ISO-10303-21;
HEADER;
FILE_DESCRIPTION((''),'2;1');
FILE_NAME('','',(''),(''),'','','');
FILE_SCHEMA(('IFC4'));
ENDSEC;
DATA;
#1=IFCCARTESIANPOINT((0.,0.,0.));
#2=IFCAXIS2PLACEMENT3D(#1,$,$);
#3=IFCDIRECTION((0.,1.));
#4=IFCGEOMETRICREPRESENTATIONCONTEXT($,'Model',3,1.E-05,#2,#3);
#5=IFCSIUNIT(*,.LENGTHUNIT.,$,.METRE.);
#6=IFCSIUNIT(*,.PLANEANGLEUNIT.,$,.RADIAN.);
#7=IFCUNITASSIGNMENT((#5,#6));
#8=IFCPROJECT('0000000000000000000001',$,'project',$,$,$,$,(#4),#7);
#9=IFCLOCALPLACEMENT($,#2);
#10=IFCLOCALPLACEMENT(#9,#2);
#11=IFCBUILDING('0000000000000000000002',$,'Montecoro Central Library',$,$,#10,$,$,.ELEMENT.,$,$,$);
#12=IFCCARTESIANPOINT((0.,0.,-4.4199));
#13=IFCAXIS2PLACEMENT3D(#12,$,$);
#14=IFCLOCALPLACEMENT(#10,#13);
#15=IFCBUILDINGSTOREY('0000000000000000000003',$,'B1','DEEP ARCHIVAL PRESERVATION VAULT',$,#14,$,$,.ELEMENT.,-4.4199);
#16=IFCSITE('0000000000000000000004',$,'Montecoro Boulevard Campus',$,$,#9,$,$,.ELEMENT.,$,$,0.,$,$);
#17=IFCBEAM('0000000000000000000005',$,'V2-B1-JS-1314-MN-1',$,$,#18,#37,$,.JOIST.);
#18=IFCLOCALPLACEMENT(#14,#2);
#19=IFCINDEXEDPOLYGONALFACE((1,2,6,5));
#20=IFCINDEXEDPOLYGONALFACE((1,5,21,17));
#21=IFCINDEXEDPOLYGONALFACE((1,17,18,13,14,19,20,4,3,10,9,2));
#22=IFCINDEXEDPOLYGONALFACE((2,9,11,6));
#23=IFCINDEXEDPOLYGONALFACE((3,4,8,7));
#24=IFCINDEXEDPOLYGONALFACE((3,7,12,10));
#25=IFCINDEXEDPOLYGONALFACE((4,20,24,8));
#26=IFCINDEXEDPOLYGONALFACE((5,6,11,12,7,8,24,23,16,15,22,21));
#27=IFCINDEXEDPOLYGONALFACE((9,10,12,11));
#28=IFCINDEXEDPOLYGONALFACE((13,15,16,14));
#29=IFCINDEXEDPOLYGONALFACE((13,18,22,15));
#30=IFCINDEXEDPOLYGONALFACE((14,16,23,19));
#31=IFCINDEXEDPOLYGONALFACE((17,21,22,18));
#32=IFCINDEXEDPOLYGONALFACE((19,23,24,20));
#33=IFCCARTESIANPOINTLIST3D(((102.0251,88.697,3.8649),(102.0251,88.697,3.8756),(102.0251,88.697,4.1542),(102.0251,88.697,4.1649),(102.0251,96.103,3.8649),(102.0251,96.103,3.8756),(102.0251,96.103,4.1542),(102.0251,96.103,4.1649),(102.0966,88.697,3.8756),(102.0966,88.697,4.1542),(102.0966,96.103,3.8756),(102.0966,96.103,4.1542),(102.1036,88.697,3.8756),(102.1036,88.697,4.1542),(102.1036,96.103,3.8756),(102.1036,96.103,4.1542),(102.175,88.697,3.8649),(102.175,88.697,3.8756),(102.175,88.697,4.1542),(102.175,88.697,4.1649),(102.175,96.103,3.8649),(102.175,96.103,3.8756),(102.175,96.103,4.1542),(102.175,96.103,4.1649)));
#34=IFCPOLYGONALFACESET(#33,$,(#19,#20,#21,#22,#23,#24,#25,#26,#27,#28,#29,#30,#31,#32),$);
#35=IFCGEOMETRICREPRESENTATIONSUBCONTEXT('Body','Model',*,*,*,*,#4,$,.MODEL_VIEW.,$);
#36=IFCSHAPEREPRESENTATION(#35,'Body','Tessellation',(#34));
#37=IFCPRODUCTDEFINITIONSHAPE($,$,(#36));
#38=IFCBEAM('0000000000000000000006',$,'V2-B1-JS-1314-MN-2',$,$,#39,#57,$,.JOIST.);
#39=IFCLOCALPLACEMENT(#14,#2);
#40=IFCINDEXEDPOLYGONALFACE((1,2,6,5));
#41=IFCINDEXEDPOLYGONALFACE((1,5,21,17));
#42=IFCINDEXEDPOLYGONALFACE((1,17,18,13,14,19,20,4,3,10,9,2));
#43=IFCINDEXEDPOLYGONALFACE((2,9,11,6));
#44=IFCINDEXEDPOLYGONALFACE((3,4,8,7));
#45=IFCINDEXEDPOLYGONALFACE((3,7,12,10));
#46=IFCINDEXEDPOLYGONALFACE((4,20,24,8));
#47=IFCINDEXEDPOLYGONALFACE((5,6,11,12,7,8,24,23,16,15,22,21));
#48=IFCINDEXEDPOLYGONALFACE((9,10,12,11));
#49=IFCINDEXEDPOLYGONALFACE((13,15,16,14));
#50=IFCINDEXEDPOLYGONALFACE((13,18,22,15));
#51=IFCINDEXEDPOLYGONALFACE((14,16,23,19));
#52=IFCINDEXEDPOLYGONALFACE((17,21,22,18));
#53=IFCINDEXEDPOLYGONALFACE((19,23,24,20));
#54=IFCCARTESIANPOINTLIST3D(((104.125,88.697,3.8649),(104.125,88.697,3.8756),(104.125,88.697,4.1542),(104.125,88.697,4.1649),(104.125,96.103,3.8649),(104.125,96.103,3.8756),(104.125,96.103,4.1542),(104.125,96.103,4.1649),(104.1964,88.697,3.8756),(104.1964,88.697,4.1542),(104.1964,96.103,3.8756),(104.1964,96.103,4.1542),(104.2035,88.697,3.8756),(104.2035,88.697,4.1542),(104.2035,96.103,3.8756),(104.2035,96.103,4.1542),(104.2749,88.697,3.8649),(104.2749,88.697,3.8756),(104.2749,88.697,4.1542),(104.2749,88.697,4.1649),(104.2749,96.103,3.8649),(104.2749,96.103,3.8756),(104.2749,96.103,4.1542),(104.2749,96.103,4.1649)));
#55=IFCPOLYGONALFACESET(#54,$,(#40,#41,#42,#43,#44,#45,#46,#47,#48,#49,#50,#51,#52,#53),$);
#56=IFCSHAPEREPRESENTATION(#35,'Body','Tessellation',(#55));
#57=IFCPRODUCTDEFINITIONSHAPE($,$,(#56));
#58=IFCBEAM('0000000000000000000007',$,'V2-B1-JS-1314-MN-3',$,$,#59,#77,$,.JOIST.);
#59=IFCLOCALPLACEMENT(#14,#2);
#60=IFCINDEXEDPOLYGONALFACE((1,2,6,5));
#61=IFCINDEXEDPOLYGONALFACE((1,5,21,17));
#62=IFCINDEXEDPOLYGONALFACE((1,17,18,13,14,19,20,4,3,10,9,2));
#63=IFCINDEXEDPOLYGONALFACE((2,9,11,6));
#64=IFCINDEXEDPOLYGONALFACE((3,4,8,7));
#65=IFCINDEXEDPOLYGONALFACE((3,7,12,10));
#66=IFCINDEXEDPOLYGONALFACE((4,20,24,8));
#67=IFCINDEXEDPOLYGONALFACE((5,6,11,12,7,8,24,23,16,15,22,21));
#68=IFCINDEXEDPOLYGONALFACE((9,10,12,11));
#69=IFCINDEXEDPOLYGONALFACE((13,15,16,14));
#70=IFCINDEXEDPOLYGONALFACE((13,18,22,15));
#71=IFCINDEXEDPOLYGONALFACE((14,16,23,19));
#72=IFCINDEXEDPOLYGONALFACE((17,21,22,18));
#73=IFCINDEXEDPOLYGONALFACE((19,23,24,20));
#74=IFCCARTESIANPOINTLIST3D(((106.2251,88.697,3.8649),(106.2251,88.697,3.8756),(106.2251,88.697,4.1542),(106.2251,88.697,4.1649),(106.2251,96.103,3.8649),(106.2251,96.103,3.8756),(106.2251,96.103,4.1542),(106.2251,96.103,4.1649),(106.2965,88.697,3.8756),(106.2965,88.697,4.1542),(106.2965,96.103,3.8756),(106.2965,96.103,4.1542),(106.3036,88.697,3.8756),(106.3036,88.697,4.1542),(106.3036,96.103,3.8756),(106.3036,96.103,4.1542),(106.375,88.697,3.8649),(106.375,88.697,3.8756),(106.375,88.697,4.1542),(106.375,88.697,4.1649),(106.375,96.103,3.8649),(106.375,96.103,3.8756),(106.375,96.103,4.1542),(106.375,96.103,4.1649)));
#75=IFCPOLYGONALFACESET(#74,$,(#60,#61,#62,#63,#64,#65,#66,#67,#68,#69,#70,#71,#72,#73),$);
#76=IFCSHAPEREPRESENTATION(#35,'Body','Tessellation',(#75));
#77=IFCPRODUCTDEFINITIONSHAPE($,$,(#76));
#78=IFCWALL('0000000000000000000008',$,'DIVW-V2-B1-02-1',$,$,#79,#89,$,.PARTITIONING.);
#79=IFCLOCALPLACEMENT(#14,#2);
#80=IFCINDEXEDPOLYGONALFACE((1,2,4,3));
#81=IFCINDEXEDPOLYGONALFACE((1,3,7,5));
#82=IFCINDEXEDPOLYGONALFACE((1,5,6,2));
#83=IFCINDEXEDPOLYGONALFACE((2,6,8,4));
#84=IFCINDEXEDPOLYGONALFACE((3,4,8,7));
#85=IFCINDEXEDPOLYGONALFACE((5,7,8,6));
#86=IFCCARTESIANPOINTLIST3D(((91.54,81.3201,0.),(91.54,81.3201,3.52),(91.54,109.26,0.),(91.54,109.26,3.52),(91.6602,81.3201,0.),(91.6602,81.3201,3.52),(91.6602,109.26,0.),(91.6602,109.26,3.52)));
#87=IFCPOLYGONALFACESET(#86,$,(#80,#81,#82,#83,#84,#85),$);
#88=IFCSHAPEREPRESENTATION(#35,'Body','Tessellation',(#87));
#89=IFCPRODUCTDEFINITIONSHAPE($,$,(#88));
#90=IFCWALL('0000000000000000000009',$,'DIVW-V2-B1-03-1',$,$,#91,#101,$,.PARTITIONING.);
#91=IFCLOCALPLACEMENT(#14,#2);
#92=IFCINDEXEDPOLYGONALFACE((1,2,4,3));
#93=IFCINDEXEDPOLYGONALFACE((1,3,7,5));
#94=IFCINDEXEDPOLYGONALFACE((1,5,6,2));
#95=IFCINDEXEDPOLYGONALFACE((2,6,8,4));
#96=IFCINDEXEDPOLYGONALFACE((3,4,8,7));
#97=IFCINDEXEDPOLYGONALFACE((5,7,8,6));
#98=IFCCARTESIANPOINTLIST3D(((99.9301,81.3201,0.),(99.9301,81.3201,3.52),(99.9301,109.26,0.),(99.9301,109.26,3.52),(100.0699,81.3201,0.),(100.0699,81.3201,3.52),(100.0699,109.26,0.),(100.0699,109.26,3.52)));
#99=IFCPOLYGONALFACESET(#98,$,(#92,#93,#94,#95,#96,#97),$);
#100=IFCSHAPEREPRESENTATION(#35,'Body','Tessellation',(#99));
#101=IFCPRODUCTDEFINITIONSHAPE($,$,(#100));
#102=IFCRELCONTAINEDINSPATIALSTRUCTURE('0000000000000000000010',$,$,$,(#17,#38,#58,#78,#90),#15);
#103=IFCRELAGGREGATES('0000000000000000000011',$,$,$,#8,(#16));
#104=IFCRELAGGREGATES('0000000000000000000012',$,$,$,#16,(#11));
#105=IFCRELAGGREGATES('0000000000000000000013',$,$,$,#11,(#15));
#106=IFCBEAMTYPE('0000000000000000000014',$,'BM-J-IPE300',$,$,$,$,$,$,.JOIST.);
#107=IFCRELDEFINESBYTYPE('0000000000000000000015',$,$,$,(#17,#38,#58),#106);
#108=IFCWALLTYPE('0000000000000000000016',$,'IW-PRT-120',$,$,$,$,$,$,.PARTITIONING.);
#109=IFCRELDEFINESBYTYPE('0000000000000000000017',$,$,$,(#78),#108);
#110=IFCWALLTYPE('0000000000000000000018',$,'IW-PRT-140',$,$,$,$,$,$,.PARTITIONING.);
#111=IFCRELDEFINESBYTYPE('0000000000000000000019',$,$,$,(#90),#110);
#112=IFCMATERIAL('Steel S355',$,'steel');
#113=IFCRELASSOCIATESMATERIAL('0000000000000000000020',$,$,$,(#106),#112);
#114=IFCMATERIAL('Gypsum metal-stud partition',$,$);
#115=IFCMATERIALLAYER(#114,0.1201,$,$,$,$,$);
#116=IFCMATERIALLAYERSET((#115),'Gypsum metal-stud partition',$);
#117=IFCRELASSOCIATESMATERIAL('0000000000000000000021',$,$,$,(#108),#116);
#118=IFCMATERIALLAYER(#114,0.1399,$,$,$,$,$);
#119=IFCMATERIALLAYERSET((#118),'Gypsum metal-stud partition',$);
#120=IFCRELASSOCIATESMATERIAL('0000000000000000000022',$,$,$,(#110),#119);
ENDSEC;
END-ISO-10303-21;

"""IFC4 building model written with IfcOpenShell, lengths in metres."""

from ifc_helpers import new_model, si_unit, direction, frame, frame_2d, origin, origin_2d, place, context, subcontext, project, spatial, rectangle, i_section, extrude, material, layer, layer_set, material_profile, profile_set, type_object, element, save


model = new_model("IFC4")

# Units and contexts
model_context = context("Model", 3, precision=1e-05, world=origin(), true_north=direction((0.0, 1.0)))
body_context = subcontext(model_context, "Body", "Model", "MODEL_VIEW")
ifc_project = project(units=[si_unit("LENGTHUNIT", "METRE"), si_unit("PLANEANGLEUNIT", "RADIAN")], contexts=[model_context])

# Site, building, storey
site_placement = place(None, origin())
site = spatial("IfcSite", under=ifc_project, at=site_placement, Name="Montecoro Boulevard Campus", CompositionType="ELEMENT", RefElevation=0.0)
building_placement = place(site_placement, origin())
building = spatial("IfcBuilding", under=site, at=building_placement, Name="Montecoro Central Library", CompositionType="ELEMENT")
storey_placement = place(building_placement, frame((0.0, 0.0, -4.4199)))
storey = spatial("IfcBuildingStorey", under=building, at=storey_placement, Name="B1", Description="DEEP ARCHIVAL PRESERVATION VAULT", CompositionType="ELEMENT", Elevation=-4.4199)

# Beams
ifc_material_1 = material(Name="Steel S355", Category="steel")
ifc_material_profile_1 = material_profile(ifc_material_1, i_section(OverallWidth=0.1499, OverallDepth=0.3, WebThickness=0.0071, FlangeThickness=0.0107, at=origin_2d()), Name="IPE 300")
ifc_profile_set_1 = profile_set([ifc_material_profile_1], Name="Steel S355")
beam_type_1 = type_object("IfcBeamType", Name="BM-J-IPE300", PredefinedType="JOIST", material=ifc_profile_set_1)
for number, where, z_axis, x_axis, name in (
    (1, (102.1001, 88.697, 4.0149), (0.0, 1.0, 0.0), (-1.0, 0.0, 0.0), "V2-B1-JS-1314-MN-1"),
    (2, (104.2, 88.697, 4.0149), (0.0, 1.0, 0.0), (-1.0, 0.0, 0.0), "V2-B1-JS-1314-MN-2"),
    (3, (106.3, 88.697, 4.0149), (0.0, 1.0, 0.0), (-1.0, 0.0, 0.0), "V2-B1-JS-1314-MN-3"),
):
    element("IfcBeam", number, at=place(storey_placement, frame(where, z_axis=z_axis, x_axis=x_axis)), inside=storey, type_object=beam_type_1, Name=name, PredefinedType="JOIST", context=body_context, shape_type="SweptSolid", body=[
        extrude(i_section(OverallWidth=0.1499, OverallDepth=0.3, WebThickness=0.0071, FlangeThickness=0.0107, at=origin_2d()), origin(), (0.0, 0.0, 1.0), 7.406),
    ])

# Walls
ifc_material_2 = material(Name="Gypsum metal-stud partition")
ifc_layer_1 = layer(ifc_material_2, 0.1201)
ifc_layer_set_1 = layer_set([ifc_layer_1], Name="Gypsum metal-stud partition")
wall_type_1 = type_object("IfcWallType", Name="IW-PRT-120", PredefinedType="PARTITIONING", material=ifc_layer_set_1)
wall_1_placement = place(storey_placement, frame((91.6001, 81.3201, 0.0), z_axis=(0.0, 0.0, 1.0), x_axis=(0.0, 1.0, 0.0)))
element("IfcWall", 4, at=wall_1_placement, inside=storey, type_object=wall_type_1, Name="DIVW-V2-B1-02-1", PredefinedType="PARTITIONING", context=body_context, shape_type="SweptSolid", body=[
    extrude(rectangle(XDim=27.9399, YDim=0.1201, at=frame_2d((13.97, 0.0))), origin(), (0.0, 0.0, 1.0), 3.52),
])
ifc_layer_2 = layer(ifc_material_2, 0.1399)
ifc_layer_set_2 = layer_set([ifc_layer_2], Name="Gypsum metal-stud partition")
wall_type_2 = type_object("IfcWallType", Name="IW-PRT-140", PredefinedType="PARTITIONING", material=ifc_layer_set_2)
wall_2_placement = place(storey_placement, frame((100.0, 81.3201, 0.0), z_axis=(0.0, 0.0, 1.0), x_axis=(0.0, 1.0, 0.0)))
element("IfcWall", 5, at=wall_2_placement, inside=storey, type_object=wall_type_2, Name="DIVW-V2-B1-03-1", PredefinedType="PARTITIONING", context=body_context, shape_type="SweptSolid", body=[
    extrude(rectangle(XDim=27.9399, YDim=0.1399, at=frame_2d((13.97, 0.0))), origin(), (0.0, 0.0, 1.0), 3.52),
])

save(model, "model.ifc")
